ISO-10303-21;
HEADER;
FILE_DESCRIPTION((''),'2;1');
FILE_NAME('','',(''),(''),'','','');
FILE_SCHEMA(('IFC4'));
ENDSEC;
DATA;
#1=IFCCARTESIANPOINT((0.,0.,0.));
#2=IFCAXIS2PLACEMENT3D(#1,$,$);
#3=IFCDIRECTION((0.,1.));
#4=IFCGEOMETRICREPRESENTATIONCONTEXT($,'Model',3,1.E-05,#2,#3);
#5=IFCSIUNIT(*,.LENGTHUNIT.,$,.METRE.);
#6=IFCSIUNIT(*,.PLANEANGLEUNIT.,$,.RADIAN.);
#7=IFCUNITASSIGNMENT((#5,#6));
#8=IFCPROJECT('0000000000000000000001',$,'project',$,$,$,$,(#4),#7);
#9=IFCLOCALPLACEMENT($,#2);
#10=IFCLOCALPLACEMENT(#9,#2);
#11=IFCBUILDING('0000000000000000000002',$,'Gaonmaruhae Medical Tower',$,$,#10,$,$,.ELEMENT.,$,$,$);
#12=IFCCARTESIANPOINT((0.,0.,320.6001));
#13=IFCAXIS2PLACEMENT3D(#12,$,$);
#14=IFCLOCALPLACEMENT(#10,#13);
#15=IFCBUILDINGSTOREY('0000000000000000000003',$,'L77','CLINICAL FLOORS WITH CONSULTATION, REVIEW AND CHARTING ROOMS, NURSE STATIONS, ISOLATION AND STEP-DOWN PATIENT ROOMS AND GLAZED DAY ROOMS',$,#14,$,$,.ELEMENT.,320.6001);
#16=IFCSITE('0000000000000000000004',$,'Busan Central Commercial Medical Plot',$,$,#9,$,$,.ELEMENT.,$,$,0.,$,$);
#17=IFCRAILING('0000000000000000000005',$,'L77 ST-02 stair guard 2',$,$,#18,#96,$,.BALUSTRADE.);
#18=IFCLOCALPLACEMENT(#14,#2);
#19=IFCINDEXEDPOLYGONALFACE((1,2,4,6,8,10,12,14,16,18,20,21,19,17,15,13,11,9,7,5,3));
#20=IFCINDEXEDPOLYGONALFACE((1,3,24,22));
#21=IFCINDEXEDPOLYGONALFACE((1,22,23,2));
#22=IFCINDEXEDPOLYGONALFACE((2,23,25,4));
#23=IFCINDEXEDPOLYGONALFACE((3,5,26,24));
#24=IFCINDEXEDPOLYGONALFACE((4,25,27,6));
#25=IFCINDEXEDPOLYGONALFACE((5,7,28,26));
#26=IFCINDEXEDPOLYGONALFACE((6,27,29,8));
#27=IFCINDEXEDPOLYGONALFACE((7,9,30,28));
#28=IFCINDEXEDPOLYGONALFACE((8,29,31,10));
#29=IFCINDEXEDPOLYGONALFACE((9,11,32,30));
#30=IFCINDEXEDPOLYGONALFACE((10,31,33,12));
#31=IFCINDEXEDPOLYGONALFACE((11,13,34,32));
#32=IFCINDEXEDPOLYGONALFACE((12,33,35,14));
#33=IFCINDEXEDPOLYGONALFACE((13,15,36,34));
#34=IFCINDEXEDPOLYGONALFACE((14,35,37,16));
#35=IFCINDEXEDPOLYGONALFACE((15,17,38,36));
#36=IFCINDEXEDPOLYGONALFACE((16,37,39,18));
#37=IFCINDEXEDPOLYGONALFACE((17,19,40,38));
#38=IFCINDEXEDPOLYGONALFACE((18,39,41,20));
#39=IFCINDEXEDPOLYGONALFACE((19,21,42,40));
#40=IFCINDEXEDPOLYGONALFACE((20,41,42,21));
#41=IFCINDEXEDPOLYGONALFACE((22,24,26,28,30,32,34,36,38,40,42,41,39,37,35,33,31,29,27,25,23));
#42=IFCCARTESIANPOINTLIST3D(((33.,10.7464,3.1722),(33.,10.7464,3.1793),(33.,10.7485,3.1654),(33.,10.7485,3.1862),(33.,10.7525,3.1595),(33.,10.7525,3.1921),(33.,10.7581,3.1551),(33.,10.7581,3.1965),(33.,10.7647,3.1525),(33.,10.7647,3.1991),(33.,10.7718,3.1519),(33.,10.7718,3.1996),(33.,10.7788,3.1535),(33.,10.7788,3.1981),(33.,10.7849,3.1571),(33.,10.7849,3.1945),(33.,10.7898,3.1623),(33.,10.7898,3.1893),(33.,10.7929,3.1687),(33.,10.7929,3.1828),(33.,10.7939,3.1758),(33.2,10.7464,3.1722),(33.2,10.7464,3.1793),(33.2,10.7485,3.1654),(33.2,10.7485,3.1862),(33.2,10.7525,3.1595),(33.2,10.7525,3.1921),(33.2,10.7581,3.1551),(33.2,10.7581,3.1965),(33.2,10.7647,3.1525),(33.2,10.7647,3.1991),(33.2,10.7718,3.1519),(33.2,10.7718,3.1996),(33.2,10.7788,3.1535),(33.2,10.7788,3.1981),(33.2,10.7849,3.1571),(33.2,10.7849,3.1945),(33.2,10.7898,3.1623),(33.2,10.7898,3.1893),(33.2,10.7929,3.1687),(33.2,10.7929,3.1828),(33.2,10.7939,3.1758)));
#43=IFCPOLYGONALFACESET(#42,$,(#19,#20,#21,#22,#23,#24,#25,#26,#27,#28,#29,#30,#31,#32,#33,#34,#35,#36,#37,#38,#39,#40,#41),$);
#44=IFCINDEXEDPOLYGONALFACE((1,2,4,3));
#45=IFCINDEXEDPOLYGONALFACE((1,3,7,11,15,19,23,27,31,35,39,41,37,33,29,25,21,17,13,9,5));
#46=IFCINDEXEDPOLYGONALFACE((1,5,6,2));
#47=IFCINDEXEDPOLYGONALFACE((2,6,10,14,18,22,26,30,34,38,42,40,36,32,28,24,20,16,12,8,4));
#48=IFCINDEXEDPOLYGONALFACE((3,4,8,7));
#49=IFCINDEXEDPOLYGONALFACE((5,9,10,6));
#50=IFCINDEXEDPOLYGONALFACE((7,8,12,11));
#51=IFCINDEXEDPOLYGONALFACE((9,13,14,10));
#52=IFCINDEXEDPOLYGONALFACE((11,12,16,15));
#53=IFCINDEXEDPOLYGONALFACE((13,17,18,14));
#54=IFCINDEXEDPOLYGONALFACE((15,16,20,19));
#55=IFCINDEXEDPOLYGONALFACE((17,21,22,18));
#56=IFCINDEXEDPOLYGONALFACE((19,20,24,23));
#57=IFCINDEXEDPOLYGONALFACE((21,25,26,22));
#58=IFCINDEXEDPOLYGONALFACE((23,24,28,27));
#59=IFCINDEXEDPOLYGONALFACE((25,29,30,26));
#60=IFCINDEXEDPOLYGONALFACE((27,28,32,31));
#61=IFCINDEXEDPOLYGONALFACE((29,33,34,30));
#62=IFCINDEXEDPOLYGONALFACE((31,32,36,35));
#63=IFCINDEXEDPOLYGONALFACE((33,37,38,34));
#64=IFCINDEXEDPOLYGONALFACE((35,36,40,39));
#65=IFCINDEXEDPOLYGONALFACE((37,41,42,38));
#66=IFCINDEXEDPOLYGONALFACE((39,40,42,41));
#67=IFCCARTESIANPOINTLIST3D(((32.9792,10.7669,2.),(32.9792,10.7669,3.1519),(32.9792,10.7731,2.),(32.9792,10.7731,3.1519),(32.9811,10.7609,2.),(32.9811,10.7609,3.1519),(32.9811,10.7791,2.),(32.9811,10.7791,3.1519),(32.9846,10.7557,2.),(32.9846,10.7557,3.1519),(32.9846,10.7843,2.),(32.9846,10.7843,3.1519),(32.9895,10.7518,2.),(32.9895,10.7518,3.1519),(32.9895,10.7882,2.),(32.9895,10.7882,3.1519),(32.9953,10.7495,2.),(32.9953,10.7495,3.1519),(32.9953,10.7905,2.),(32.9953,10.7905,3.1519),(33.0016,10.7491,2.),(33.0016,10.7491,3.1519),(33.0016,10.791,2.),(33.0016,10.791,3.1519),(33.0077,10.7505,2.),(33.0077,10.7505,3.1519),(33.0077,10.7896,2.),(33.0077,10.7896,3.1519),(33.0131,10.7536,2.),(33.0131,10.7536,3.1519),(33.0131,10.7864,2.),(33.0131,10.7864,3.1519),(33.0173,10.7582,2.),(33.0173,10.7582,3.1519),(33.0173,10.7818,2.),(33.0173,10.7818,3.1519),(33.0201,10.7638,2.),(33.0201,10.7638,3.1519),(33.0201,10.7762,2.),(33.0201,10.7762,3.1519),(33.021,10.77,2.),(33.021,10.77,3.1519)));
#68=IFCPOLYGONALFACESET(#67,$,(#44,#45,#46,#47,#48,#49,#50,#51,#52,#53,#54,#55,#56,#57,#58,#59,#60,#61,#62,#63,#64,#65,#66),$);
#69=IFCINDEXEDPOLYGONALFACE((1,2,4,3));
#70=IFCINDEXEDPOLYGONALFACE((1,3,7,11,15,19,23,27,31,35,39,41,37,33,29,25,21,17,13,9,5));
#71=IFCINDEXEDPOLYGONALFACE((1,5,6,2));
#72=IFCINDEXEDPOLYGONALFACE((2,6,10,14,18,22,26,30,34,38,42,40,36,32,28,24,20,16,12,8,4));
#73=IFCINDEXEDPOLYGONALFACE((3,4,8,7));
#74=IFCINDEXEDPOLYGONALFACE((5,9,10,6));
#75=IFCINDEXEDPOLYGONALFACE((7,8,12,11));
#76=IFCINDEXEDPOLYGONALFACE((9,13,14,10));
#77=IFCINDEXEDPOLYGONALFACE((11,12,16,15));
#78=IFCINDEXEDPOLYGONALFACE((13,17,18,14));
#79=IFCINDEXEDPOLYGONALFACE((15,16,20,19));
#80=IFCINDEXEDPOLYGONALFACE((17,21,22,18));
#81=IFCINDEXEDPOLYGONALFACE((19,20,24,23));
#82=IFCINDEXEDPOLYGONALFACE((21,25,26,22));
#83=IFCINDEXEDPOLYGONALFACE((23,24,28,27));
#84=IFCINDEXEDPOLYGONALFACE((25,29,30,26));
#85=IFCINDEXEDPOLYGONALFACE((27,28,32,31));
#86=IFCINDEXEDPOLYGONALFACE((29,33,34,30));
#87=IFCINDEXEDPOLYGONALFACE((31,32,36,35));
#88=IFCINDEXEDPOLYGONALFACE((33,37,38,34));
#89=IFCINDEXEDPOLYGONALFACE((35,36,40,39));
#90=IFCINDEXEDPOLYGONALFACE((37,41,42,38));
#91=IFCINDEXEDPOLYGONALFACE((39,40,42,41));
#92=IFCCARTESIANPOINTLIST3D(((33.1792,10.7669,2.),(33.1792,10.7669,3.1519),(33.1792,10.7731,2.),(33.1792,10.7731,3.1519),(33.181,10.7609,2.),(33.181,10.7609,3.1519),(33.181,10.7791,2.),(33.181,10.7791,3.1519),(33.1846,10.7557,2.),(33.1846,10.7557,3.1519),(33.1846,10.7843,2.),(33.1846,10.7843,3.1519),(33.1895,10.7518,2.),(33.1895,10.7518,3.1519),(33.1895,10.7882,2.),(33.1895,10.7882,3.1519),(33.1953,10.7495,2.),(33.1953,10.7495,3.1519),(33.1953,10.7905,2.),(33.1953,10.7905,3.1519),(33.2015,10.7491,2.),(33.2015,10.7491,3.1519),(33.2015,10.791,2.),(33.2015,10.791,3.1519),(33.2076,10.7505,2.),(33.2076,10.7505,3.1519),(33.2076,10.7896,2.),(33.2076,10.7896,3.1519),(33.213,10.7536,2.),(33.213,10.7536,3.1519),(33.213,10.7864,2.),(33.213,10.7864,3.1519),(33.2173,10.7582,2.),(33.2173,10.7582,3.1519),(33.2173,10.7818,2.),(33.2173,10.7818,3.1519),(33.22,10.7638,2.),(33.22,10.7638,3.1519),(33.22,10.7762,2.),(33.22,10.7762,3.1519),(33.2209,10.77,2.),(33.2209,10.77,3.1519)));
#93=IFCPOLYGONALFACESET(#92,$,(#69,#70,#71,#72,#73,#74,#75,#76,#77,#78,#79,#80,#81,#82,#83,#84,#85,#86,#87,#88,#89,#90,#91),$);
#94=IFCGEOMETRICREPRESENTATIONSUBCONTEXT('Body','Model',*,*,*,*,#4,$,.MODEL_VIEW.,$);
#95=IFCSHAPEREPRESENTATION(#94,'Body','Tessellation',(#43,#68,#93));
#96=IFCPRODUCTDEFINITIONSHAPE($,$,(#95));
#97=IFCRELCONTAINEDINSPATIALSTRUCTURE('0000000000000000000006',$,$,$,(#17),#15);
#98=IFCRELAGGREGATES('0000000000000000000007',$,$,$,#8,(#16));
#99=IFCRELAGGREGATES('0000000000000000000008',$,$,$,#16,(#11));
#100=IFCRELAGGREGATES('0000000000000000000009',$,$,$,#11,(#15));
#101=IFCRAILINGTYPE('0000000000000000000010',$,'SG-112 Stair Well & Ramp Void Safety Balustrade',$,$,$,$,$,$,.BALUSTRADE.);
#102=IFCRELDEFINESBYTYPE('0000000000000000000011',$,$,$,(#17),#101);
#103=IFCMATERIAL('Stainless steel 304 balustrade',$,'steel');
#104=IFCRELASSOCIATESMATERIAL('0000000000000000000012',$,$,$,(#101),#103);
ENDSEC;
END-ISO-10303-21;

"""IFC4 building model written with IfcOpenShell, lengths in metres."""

from ifc_helpers import new_model, si_unit, direction, frame, origin, origin_2d, place, context, subcontext, project, spatial, circle, extrude, material, type_object, element, save


model = new_model("IFC4")

# Units and contexts
model_context = context("Model", 3, precision=1e-05, world=origin(), true_north=direction((0.0, 1.0)))
body_context = subcontext(model_context, "Body", "Model", "MODEL_VIEW")
ifc_project = project(units=[si_unit("LENGTHUNIT", "METRE"), si_unit("PLANEANGLEUNIT", "RADIAN")], contexts=[model_context])

# Site, building, storey
site_placement = place(None, origin())
site = spatial("IfcSite", under=ifc_project, at=site_placement, Name="Busan Central Commercial Medical Plot", CompositionType="ELEMENT", RefElevation=0.0)
building_placement = place(site_placement, origin())
building = spatial("IfcBuilding", under=site, at=building_placement, Name="Gaonmaruhae Medical Tower", CompositionType="ELEMENT")
storey_placement = place(building_placement, frame((0.0, 0.0, 320.6001)))
storey = spatial("IfcBuildingStorey", under=building, at=storey_placement, Name="L77", Description="CLINICAL FLOORS WITH CONSULTATION, REVIEW AND CHARTING ROOMS, NURSE STATIONS, ISOLATION AND STEP-DOWN PATIENT ROOMS AND GLAZED DAY ROOMS", CompositionType="ELEMENT", Elevation=320.6001)

# Railing
ifc_material_1 = material(Name="Stainless steel 304 balustrade", Category="steel")
railing_type_1 = type_object("IfcRailingType", Name="SG-112 Stair Well & Ramp Void Safety Balustrade", PredefinedType="BALUSTRADE", material=ifc_material_1)
railing_1_placement = place(storey_placement, frame((33.0, 10.77, 2.0)))
element("IfcRailing", 1, at=railing_1_placement, inside=storey, type_object=railing_type_1, Name="L77 ST-02 stair guard 2", PredefinedType="BALUSTRADE", context=body_context, shape_type="SweptSolid", body=[
    extrude(circle(Radius=0.0239, at=origin_2d()), frame((0.0, 0.0, 1.1758), z_axis=(1.0, 0.0, 0.0), x_axis=(0.0, 1.0, 0.0)), (0.0, 0.0, 1.0), 0.2),
    extrude(circle(Radius=0.021, at=origin_2d()), origin(), (0.0, 0.0, 1.0), 1.1519),
    extrude(circle(Radius=0.021, at=origin_2d()), frame((0.2, 0.0, 0.0)), (0.0, 0.0, 1.0), 1.1519),
])

save(model, "model.ifc")
